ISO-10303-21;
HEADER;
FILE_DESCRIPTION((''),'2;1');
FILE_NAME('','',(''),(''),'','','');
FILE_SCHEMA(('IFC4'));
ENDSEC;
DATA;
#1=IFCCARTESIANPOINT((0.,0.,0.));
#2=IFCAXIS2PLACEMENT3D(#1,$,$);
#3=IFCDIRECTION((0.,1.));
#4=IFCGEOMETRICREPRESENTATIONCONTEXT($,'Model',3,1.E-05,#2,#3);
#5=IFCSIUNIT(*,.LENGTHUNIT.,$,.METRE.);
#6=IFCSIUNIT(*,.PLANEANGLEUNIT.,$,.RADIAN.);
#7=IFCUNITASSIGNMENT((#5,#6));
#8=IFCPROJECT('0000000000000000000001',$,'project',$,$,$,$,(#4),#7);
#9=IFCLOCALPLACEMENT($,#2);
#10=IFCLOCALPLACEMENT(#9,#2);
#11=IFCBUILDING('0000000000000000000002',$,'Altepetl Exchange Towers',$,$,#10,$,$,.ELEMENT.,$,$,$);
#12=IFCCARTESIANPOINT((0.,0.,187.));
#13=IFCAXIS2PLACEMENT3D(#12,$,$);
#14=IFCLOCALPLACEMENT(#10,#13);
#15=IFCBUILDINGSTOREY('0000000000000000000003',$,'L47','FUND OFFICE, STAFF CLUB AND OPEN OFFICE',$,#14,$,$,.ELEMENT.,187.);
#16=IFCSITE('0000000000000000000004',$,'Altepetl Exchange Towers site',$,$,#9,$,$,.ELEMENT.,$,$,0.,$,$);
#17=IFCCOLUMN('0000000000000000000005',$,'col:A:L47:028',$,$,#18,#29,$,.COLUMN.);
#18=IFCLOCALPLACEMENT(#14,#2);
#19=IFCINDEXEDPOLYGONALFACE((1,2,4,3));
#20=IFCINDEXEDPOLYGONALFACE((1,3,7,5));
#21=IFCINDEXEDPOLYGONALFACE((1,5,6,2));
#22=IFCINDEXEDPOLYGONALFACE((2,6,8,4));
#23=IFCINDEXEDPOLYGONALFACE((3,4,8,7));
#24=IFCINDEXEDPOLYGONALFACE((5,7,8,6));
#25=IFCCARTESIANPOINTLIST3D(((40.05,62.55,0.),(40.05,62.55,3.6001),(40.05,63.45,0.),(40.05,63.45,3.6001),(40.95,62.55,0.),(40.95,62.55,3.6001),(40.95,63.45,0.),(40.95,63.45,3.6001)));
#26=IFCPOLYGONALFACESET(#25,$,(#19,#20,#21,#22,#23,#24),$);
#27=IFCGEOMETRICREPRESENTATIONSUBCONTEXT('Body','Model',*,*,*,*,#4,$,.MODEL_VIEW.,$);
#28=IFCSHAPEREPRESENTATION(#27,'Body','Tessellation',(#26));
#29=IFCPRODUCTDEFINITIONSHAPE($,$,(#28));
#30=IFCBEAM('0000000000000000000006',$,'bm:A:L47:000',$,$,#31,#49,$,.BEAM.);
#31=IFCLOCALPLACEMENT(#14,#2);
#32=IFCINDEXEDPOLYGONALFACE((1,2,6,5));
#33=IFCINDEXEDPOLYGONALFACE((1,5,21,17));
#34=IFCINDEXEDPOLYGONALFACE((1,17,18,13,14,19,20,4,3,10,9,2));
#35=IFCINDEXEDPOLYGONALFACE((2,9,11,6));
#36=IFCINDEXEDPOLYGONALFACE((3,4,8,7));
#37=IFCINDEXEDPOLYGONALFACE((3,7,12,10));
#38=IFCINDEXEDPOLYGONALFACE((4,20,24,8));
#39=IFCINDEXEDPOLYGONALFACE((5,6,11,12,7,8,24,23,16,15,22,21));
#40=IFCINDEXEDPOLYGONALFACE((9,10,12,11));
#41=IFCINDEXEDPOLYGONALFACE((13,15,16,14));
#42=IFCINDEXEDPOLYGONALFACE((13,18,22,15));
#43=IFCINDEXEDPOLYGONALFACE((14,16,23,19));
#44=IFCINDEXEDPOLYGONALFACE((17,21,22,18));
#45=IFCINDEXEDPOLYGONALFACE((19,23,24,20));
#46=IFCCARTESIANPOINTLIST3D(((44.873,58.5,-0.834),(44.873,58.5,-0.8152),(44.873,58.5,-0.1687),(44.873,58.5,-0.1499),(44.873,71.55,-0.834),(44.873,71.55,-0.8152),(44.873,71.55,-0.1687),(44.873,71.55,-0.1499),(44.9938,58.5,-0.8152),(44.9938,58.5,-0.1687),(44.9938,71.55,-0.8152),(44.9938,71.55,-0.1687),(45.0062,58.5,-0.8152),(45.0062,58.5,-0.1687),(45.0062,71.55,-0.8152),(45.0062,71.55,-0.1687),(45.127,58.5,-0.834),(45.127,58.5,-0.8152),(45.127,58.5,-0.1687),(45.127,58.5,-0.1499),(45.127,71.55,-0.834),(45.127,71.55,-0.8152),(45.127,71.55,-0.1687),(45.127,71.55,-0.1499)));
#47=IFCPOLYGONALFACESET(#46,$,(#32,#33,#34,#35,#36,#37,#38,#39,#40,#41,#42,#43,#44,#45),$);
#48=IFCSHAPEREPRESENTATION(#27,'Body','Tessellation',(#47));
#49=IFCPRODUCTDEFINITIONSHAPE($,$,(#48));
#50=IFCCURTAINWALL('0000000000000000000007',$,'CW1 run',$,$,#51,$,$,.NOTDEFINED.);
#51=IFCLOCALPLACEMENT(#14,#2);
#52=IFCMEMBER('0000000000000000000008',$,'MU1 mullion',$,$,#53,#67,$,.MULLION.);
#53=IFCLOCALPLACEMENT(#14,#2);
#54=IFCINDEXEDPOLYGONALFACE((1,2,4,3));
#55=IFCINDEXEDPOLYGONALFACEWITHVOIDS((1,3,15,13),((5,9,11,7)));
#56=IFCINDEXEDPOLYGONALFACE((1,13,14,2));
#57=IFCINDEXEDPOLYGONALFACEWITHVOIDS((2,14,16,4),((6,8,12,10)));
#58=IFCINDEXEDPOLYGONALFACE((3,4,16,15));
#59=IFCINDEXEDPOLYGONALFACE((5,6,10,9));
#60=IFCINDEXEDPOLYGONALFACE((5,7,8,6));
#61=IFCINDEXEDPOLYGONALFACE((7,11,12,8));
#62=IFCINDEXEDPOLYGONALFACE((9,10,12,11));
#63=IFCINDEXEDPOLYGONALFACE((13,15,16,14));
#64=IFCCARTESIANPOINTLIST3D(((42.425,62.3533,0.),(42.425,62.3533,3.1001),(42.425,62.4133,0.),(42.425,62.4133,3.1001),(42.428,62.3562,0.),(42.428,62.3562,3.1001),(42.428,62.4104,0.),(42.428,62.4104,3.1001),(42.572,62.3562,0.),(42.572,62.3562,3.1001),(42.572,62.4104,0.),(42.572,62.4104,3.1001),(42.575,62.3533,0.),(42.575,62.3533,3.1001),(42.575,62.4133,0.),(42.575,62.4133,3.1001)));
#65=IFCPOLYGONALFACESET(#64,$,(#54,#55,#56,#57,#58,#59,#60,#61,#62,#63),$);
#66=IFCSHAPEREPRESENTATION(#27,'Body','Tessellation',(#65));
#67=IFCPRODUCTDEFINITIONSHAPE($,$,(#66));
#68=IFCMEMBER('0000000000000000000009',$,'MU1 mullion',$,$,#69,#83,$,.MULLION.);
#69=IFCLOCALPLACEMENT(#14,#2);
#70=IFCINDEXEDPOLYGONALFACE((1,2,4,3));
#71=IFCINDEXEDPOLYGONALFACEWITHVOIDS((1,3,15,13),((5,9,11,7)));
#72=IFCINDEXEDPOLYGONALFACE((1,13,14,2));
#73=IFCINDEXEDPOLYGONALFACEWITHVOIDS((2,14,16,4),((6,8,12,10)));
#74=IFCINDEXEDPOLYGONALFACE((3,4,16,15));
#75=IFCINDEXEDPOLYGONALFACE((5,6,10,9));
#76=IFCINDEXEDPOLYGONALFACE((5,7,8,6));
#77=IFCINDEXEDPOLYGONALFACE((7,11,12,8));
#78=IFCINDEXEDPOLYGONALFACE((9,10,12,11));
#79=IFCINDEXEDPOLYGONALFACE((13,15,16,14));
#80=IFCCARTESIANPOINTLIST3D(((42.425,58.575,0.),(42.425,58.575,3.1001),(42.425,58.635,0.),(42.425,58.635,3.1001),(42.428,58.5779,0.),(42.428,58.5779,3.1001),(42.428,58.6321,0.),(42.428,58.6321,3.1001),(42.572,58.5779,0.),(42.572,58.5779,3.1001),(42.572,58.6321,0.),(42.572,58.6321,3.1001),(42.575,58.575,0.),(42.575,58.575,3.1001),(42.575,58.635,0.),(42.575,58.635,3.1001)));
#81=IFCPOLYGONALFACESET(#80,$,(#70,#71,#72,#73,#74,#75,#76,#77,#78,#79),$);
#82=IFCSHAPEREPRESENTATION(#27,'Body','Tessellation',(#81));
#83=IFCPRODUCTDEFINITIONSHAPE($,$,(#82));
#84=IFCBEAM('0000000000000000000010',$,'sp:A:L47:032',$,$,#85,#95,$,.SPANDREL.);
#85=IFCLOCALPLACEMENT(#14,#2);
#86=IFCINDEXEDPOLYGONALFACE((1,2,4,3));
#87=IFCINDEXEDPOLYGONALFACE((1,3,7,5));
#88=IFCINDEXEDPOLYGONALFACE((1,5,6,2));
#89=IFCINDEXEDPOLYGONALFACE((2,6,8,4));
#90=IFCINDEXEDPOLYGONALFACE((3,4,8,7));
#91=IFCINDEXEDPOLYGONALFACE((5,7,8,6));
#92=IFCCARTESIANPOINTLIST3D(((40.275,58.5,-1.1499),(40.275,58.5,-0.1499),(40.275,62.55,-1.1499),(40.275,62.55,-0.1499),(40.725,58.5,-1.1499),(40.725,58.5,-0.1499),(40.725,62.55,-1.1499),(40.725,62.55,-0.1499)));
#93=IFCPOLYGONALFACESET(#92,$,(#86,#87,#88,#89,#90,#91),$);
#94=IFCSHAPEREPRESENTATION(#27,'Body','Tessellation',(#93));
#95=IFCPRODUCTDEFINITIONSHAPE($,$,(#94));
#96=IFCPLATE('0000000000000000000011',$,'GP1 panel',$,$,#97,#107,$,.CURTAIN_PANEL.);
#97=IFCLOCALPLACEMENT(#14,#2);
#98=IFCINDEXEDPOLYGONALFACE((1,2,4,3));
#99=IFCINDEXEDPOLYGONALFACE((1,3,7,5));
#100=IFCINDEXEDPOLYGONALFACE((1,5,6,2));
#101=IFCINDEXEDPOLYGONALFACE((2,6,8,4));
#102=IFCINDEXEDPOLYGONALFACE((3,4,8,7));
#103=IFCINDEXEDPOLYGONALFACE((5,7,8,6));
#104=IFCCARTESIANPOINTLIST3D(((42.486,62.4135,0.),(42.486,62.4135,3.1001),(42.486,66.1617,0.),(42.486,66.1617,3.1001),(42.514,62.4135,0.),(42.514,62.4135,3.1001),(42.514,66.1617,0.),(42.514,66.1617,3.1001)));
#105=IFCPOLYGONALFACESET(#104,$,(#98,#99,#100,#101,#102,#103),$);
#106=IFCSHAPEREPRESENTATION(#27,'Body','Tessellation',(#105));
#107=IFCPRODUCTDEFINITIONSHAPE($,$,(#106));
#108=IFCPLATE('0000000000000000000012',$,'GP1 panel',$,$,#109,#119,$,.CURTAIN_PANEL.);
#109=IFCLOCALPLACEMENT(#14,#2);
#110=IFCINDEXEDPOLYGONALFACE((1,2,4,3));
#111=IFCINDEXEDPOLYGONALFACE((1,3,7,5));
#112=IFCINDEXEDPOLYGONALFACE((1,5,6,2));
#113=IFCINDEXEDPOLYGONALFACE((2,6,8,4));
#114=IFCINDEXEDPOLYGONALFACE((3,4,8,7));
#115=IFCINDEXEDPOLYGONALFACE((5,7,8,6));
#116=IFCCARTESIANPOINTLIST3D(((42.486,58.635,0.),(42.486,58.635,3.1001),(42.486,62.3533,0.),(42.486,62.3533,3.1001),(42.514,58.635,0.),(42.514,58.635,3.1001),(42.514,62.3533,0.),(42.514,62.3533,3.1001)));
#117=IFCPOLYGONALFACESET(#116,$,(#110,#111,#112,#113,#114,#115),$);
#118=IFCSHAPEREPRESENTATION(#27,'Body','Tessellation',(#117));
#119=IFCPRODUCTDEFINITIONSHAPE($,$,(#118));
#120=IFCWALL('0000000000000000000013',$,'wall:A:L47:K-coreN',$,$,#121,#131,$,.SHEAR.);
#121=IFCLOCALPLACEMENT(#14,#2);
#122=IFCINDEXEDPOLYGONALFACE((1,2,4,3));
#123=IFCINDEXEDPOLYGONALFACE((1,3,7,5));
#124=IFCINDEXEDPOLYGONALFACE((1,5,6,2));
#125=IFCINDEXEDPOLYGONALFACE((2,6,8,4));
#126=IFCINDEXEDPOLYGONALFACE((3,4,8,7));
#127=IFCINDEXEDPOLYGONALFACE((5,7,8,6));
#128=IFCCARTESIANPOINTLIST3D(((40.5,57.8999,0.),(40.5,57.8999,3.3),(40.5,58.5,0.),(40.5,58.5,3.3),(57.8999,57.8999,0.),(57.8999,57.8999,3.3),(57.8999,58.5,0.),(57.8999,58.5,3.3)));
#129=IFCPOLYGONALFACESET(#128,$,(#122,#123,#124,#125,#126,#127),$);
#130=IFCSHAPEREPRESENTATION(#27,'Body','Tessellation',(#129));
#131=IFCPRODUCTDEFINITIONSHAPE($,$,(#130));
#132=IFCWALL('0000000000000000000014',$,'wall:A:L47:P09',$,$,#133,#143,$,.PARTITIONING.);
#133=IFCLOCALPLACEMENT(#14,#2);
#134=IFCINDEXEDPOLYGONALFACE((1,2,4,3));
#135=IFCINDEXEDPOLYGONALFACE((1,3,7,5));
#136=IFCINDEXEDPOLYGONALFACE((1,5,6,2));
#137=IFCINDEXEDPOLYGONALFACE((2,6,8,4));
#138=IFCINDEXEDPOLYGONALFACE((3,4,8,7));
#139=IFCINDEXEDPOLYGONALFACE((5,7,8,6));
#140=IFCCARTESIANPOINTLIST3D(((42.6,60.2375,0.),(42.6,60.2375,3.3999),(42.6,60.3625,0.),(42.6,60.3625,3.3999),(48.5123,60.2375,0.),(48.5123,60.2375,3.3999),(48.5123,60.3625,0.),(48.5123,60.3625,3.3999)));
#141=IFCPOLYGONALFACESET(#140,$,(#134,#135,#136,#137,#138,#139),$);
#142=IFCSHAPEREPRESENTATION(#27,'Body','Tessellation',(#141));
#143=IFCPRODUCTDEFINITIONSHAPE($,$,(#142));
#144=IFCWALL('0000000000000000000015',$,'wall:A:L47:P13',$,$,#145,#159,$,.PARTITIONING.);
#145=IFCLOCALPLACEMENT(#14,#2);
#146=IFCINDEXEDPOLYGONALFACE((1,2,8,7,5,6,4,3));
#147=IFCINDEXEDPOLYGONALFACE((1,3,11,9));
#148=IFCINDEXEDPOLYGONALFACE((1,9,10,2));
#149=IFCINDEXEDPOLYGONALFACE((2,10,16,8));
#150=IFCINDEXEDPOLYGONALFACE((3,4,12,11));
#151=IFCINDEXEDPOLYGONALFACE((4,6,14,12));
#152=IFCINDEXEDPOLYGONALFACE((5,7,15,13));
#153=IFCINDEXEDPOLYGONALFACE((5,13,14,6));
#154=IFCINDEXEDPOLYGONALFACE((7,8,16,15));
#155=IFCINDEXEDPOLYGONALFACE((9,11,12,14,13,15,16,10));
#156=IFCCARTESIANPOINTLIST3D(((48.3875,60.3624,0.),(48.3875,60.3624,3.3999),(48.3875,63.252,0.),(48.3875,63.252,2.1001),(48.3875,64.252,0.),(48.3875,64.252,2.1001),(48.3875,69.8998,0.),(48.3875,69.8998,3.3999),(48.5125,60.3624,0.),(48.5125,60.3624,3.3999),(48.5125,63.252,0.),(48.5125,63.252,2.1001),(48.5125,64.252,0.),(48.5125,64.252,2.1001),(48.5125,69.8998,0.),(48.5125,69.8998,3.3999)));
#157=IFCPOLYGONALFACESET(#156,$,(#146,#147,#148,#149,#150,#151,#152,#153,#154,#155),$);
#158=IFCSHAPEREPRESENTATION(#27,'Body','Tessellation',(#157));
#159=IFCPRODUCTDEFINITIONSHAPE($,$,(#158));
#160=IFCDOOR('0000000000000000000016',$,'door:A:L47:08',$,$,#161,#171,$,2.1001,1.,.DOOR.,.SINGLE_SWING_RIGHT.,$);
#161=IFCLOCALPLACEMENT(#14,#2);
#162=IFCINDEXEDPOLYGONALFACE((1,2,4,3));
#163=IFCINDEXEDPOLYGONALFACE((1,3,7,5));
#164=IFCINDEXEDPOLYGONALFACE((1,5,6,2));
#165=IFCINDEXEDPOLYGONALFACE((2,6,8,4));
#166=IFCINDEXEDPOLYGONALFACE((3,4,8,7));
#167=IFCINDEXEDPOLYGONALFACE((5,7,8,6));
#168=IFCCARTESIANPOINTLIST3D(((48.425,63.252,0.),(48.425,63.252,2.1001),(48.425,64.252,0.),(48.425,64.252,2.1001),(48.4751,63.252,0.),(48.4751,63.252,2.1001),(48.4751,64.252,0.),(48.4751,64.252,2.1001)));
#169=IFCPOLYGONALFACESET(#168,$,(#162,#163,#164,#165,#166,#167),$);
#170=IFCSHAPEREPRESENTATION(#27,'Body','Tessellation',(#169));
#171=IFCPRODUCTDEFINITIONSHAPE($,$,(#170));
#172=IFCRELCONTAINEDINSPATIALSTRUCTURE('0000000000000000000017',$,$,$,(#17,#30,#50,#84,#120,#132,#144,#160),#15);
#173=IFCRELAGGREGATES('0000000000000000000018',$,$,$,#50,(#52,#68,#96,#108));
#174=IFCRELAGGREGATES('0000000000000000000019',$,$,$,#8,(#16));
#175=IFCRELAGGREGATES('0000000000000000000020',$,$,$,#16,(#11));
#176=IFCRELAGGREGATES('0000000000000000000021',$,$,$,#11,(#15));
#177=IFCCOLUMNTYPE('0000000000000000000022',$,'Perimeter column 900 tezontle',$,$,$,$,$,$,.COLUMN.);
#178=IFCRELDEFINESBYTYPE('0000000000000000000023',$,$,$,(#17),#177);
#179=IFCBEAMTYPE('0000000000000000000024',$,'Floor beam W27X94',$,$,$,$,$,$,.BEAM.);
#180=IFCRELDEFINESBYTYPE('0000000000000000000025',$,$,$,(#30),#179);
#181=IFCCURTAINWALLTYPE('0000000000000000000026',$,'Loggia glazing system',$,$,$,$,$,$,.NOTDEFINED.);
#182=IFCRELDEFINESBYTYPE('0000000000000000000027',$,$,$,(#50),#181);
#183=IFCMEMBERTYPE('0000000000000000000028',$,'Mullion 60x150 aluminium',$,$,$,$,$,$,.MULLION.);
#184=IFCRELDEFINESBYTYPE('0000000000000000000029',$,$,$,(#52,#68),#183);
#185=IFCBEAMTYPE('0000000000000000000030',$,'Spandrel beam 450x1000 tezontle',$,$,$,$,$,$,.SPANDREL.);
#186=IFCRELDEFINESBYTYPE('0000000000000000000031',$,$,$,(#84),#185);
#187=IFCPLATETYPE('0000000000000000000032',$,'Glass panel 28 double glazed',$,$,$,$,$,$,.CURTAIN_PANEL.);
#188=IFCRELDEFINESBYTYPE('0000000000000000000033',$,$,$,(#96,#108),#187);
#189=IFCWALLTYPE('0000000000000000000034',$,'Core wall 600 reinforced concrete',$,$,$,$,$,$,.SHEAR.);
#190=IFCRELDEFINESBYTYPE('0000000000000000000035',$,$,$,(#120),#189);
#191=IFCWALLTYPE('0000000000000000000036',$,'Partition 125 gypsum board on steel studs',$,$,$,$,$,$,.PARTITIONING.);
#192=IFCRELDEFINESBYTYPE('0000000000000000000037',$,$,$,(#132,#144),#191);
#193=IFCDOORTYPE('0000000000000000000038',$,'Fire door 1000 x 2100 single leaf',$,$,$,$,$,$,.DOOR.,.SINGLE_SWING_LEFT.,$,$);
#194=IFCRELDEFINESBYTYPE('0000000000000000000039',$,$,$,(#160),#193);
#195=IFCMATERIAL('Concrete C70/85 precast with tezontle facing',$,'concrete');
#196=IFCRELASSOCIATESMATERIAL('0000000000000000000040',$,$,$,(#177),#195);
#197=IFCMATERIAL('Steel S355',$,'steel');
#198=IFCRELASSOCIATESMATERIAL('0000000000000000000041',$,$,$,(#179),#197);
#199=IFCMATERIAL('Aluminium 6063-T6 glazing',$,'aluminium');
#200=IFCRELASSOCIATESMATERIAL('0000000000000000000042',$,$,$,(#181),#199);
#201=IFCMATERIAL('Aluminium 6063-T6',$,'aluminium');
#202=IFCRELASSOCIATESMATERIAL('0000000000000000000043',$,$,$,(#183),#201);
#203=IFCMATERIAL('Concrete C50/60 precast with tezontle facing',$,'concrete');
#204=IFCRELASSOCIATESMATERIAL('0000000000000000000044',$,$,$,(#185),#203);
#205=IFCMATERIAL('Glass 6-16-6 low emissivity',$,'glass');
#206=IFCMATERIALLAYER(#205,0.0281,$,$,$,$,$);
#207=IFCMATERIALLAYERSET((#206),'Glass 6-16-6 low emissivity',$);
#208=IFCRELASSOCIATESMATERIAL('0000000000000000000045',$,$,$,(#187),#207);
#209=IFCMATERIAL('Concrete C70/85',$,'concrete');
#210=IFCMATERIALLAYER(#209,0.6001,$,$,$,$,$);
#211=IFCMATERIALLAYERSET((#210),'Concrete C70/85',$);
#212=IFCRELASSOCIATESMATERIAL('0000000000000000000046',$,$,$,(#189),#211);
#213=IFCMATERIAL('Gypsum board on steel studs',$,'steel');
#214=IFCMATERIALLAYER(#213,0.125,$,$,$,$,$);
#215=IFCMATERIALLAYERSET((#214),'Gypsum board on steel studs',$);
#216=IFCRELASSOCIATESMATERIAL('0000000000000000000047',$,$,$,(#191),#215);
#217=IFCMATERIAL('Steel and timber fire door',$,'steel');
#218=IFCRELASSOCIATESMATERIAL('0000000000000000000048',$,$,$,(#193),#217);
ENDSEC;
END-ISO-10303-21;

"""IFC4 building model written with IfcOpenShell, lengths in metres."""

from ifc_helpers import new_model, si_unit, direction, frame, frame_2d, origin, origin_2d, place, context, subcontext, project, spatial, rectangle, hollow_rectangle, i_section, extrude, material, layer, layer_set, material_profile, profile_set, type_object, element, fill, aggregate, save


model = new_model("IFC4")

# Units and contexts
model_context = context("Model", 3, precision=1e-05, world=origin(), true_north=direction((0.0, 1.0)))
body_context = subcontext(model_context, "Body", "Model", "MODEL_VIEW")
ifc_project = project(units=[si_unit("LENGTHUNIT", "METRE"), si_unit("PLANEANGLEUNIT", "RADIAN")], contexts=[model_context])

# Site, building, storey
site_placement = place(None, origin())
site = spatial("IfcSite", under=ifc_project, at=site_placement, Name="Altepetl Exchange Towers site", CompositionType="ELEMENT", RefElevation=0.0)
building_placement = place(site_placement, origin())
building = spatial("IfcBuilding", under=site, at=building_placement, Name="Altepetl Exchange Towers", CompositionType="ELEMENT")
storey_placement = place(building_placement, frame((0.0, 0.0, 187.0)))
storey = spatial("IfcBuildingStorey", under=building, at=storey_placement, Name="L47", Description="FUND OFFICE, STAFF CLUB AND OPEN OFFICE", CompositionType="ELEMENT", Elevation=187.0)

# Column
ifc_material_1 = material(Name="Concrete C70/85 precast with tezontle facing", Category="concrete")
ifc_material_profile_1 = material_profile(ifc_material_1, rectangle(XDim=0.8999, YDim=0.8999, at=origin_2d()), Name="900 x 900")
ifc_profile_set_1 = profile_set([ifc_material_profile_1], Name="Concrete C70/85 precast with tezontle facing")
column_type = type_object("IfcColumnType", Name="Perimeter column 900 tezontle", PredefinedType="COLUMN", material=ifc_profile_set_1)
column_placement = place(storey_placement, frame((40.5, 63.0, 0.0)))
element("IfcColumn", 1, at=column_placement, inside=storey, type_object=column_type, Name="col:A:L47:028", PredefinedType="COLUMN", context=body_context, shape_type="SweptSolid", body=[
    extrude(rectangle(XDim=0.8999, YDim=0.8999, at=origin_2d()), origin(), (0.0, 0.0, 1.0), 3.6001),
])

# Beam
ifc_material_2 = material(Name="Steel S355", Category="steel")
ifc_material_profile_2 = material_profile(ifc_material_2, i_section(OverallWidth=0.2539, OverallDepth=0.6841, WebThickness=0.0125, FlangeThickness=0.0188, at=origin_2d()), Name="W27X94")
ifc_profile_set_2 = profile_set([ifc_material_profile_2], Name="Steel S355")
beam_type_1 = type_object("IfcBeamType", Name="Floor beam W27X94", PredefinedType="BEAM", material=ifc_profile_set_2)
beam_1_placement = place(storey_placement, frame((45.0, 58.5, -0.4919), z_axis=(0.0, 1.0, 0.0), x_axis=(-1.0, 0.0, 0.0)))
element("IfcBeam", 2, at=beam_1_placement, inside=storey, type_object=beam_type_1, Name="bm:A:L47:000", PredefinedType="BEAM", context=body_context, shape_type="SweptSolid", body=[
    extrude(i_section(OverallWidth=0.2539, OverallDepth=0.6841, WebThickness=0.0125, FlangeThickness=0.0188, at=origin_2d()), origin(), (0.0, 0.0, 1.0), 13.05),
])

# Curtain wall, members
ifc_material_3 = material(Name="Aluminium 6063-T6 glazing", Category="aluminium")
curtain_wall_type = type_object("IfcCurtainWallType", Name="Loggia glazing system", PredefinedType="NOTDEFINED", material=ifc_material_3)
curtain_wall_placement = place(storey_placement, origin())
curtain_wall = element("IfcCurtainWall", 3, at=curtain_wall_placement, inside=storey, type_object=curtain_wall_type, Name="CW1 run", PredefinedType="NOTDEFINED")
ifc_material_4 = material(Name="Aluminium 6063-T6", Category="aluminium")
ifc_material_profile_3 = material_profile(ifc_material_4, hollow_rectangle(XDim=0.0601, YDim=0.1499, WallThickness=0.0029, at=origin_2d()), Name="Mullion 60x150 aluminium")
ifc_profile_set_3 = profile_set([ifc_material_profile_3], Name="Aluminium 6063-T6")
member_type = type_object("IfcMemberType", Name="Mullion 60x150 aluminium", PredefinedType="MULLION", material=ifc_profile_set_3)
member_1_placement = place(storey_placement, frame((42.5, 62.3833, 0.0), z_axis=(0.0, 0.0, 1.0), x_axis=(0.0, -1.0, 0.0)))
member_1 = element("IfcMember", 4, at=member_1_placement, type_object=member_type, Name="MU1 mullion", PredefinedType="MULLION", context=body_context, shape_type="SweptSolid", body=[
    extrude(hollow_rectangle(XDim=0.0601, YDim=0.1499, WallThickness=0.0029, at=origin_2d()), origin(), (0.0, 0.0, 1.0), 3.1001),
])
member_2_placement = place(storey_placement, frame((42.5, 58.605, 0.0), z_axis=(0.0, 0.0, 1.0), x_axis=(0.0, -1.0, 0.0)))
member_2 = element("IfcMember", 5, at=member_2_placement, type_object=member_type, Name="MU1 mullion", PredefinedType="MULLION", context=body_context, shape_type="SweptSolid", body=[
    extrude(hollow_rectangle(XDim=0.0601, YDim=0.1499, WallThickness=0.0029, at=origin_2d()), origin(), (0.0, 0.0, 1.0), 3.1001),
])

# Beam
ifc_material_5 = material(Name="Concrete C50/60 precast with tezontle facing", Category="concrete")
ifc_material_profile_4 = material_profile(ifc_material_5, rectangle(XDim=0.45, YDim=1.0, at=origin_2d()), Name="450 x 1000")
ifc_profile_set_4 = profile_set([ifc_material_profile_4], Name="Concrete C50/60 precast with tezontle facing")
beam_type_2 = type_object("IfcBeamType", Name="Spandrel beam 450x1000 tezontle", PredefinedType="SPANDREL", material=ifc_profile_set_4)
beam_2_placement = place(storey_placement, frame((40.5, 62.55, -0.6499), z_axis=(0.0, -1.0, 0.0), x_axis=(1.0, 0.0, 0.0)))
element("IfcBeam", 6, at=beam_2_placement, inside=storey, type_object=beam_type_2, Name="sp:A:L47:032", PredefinedType="SPANDREL", context=body_context, shape_type="SweptSolid", body=[
    extrude(rectangle(XDim=0.45, YDim=1.0, at=origin_2d()), origin(), (0.0, 0.0, 1.0), 4.05),
])

# Plates
ifc_material_6 = material(Name="Glass 6-16-6 low emissivity", Category="glass")
ifc_layer_1 = layer(ifc_material_6, 0.0281)
ifc_layer_set_1 = layer_set([ifc_layer_1], Name="Glass 6-16-6 low emissivity")
plate_type = type_object("IfcPlateType", Name="Glass panel 28 double glazed", PredefinedType="CURTAIN_PANEL", material=ifc_layer_set_1)
plate_1_placement = place(storey_placement, frame((42.5, 64.2876, 0.0), z_axis=(0.0, 0.0, 1.0), x_axis=(0.0, -1.0, 0.0)))
plate_1 = element("IfcPlate", 7, at=plate_1_placement, type_object=plate_type, Name="GP1 panel", PredefinedType="CURTAIN_PANEL", context=body_context, shape_type="SweptSolid", body=[
    extrude(rectangle(XDim=3.7483, YDim=0.0281, at=origin_2d()), origin(), (0.0, 0.0, 1.0), 3.1001),
])
plate_2_placement = place(storey_placement, frame((42.5, 60.4941, 0.0), z_axis=(0.0, 0.0, 1.0), x_axis=(0.0, -1.0, 0.0)))
plate_2 = element("IfcPlate", 8, at=plate_2_placement, type_object=plate_type, Name="GP1 panel", PredefinedType="CURTAIN_PANEL", context=body_context, shape_type="SweptSolid", body=[
    extrude(rectangle(XDim=3.7183, YDim=0.0281, at=origin_2d()), origin(), (0.0, 0.0, 1.0), 3.1001),
])
aggregate(curtain_wall, [member_1, member_2, plate_1, plate_2])

# Walls
ifc_material_7 = material(Name="Concrete C70/85", Category="concrete")
ifc_layer_2 = layer(ifc_material_7, 0.6001)
ifc_layer_set_2 = layer_set([ifc_layer_2], Name="Concrete C70/85")
wall_type_1 = type_object("IfcWallType", Name="Core wall 600 reinforced concrete", PredefinedType="SHEAR", material=ifc_layer_set_2)
wall_1_placement = place(storey_placement, frame((40.5, 58.2, 0.0)))
element("IfcWall", 9, at=wall_1_placement, inside=storey, type_object=wall_type_1, Name="wall:A:L47:K-coreN", PredefinedType="SHEAR", context=body_context, shape_type="SweptSolid", body=[
    extrude(rectangle(XDim=17.3999, YDim=0.6001, at=frame_2d((8.7, 0.0))), origin(), (0.0, 0.0, 1.0), 3.3),
])
ifc_material_8 = material(Name="Gypsum board on steel studs", Category="steel")
ifc_layer_3 = layer(ifc_material_8, 0.125)
ifc_layer_set_3 = layer_set([ifc_layer_3], Name="Gypsum board on steel studs")
wall_type_2 = type_object("IfcWallType", Name="Partition 125 gypsum board on steel studs", PredefinedType="PARTITIONING", material=ifc_layer_set_3)
wall_2_placement = place(storey_placement, frame((42.6001, 60.3, 0.0)))
element("IfcWall", 10, at=wall_2_placement, inside=storey, type_object=wall_type_2, Name="wall:A:L47:P09", PredefinedType="PARTITIONING", context=body_context, shape_type="SweptSolid", body=[
    extrude(rectangle(XDim=5.9124, YDim=0.125, at=frame_2d((2.9561, 0.0))), origin(), (0.0, 0.0, 1.0), 3.3999),
])

# Wall, opening, door
wall_3_placement = place(storey_placement, frame((48.45, 60.3625, 0.0), z_axis=(0.0, 0.0, 1.0), x_axis=(0.0, 1.0, 0.0)))
wall_3 = element("IfcWall", 11, at=wall_3_placement, inside=storey, type_object=wall_type_2, Name="wall:A:L47:P13", PredefinedType="PARTITIONING", context=body_context, shape_type="SweptSolid", body=[
    extrude(rectangle(XDim=9.5374, YDim=0.125, at=frame_2d((4.7686, 0.0))), origin(), (0.0, 0.0, 1.0), 3.3999),
])
opening_1_placement = place(wall_3_placement, frame((2.8894, 0.0, 0.0)))
opening_1 = element("IfcOpeningElement", 12, at=opening_1_placement, cuts=wall_3, PredefinedType="OPENING", context=body_context, shape_type="SweptSolid", body=[
    extrude(rectangle(XDim=1.0, YDim=2.1001, at=frame_2d((0.5, 1.05))), frame((0.0, 0.0725, 0.0), z_axis=(0.0, -1.0, 0.0), x_axis=(1.0, 0.0, 0.0)), (0.0, 0.0, 1.0), 0.145),
])
ifc_material_9 = material(Name="Steel and timber fire door", Category="steel")
door_type_1 = type_object("IfcDoorType", Name="Fire door 1000 x 2100 single leaf", OperationType="SINGLE_SWING_LEFT", PredefinedType="DOOR", material=ifc_material_9)
door_1_placement = place(opening_1_placement, origin())
door_1 = element("IfcDoor", 13, at=door_1_placement, inside=storey, type_object=door_type_1, Name="door:A:L47:08", OperationType="SINGLE_SWING_RIGHT", OverallHeight=2.1001, OverallWidth=1.0, PredefinedType="DOOR", context=body_context, shape_type="SweptSolid", body=[
    extrude(rectangle(XDim=1.0, YDim=2.1001, at=frame_2d((0.5, 1.05))), frame((0.0, 0.0249, 0.0), z_axis=(0.0, -1.0, 0.0), x_axis=(1.0, 0.0, 0.0)), (0.0, 0.0, 1.0), 0.05),
])
fill(opening_1, door_1)

save(model, "model.ifc")
